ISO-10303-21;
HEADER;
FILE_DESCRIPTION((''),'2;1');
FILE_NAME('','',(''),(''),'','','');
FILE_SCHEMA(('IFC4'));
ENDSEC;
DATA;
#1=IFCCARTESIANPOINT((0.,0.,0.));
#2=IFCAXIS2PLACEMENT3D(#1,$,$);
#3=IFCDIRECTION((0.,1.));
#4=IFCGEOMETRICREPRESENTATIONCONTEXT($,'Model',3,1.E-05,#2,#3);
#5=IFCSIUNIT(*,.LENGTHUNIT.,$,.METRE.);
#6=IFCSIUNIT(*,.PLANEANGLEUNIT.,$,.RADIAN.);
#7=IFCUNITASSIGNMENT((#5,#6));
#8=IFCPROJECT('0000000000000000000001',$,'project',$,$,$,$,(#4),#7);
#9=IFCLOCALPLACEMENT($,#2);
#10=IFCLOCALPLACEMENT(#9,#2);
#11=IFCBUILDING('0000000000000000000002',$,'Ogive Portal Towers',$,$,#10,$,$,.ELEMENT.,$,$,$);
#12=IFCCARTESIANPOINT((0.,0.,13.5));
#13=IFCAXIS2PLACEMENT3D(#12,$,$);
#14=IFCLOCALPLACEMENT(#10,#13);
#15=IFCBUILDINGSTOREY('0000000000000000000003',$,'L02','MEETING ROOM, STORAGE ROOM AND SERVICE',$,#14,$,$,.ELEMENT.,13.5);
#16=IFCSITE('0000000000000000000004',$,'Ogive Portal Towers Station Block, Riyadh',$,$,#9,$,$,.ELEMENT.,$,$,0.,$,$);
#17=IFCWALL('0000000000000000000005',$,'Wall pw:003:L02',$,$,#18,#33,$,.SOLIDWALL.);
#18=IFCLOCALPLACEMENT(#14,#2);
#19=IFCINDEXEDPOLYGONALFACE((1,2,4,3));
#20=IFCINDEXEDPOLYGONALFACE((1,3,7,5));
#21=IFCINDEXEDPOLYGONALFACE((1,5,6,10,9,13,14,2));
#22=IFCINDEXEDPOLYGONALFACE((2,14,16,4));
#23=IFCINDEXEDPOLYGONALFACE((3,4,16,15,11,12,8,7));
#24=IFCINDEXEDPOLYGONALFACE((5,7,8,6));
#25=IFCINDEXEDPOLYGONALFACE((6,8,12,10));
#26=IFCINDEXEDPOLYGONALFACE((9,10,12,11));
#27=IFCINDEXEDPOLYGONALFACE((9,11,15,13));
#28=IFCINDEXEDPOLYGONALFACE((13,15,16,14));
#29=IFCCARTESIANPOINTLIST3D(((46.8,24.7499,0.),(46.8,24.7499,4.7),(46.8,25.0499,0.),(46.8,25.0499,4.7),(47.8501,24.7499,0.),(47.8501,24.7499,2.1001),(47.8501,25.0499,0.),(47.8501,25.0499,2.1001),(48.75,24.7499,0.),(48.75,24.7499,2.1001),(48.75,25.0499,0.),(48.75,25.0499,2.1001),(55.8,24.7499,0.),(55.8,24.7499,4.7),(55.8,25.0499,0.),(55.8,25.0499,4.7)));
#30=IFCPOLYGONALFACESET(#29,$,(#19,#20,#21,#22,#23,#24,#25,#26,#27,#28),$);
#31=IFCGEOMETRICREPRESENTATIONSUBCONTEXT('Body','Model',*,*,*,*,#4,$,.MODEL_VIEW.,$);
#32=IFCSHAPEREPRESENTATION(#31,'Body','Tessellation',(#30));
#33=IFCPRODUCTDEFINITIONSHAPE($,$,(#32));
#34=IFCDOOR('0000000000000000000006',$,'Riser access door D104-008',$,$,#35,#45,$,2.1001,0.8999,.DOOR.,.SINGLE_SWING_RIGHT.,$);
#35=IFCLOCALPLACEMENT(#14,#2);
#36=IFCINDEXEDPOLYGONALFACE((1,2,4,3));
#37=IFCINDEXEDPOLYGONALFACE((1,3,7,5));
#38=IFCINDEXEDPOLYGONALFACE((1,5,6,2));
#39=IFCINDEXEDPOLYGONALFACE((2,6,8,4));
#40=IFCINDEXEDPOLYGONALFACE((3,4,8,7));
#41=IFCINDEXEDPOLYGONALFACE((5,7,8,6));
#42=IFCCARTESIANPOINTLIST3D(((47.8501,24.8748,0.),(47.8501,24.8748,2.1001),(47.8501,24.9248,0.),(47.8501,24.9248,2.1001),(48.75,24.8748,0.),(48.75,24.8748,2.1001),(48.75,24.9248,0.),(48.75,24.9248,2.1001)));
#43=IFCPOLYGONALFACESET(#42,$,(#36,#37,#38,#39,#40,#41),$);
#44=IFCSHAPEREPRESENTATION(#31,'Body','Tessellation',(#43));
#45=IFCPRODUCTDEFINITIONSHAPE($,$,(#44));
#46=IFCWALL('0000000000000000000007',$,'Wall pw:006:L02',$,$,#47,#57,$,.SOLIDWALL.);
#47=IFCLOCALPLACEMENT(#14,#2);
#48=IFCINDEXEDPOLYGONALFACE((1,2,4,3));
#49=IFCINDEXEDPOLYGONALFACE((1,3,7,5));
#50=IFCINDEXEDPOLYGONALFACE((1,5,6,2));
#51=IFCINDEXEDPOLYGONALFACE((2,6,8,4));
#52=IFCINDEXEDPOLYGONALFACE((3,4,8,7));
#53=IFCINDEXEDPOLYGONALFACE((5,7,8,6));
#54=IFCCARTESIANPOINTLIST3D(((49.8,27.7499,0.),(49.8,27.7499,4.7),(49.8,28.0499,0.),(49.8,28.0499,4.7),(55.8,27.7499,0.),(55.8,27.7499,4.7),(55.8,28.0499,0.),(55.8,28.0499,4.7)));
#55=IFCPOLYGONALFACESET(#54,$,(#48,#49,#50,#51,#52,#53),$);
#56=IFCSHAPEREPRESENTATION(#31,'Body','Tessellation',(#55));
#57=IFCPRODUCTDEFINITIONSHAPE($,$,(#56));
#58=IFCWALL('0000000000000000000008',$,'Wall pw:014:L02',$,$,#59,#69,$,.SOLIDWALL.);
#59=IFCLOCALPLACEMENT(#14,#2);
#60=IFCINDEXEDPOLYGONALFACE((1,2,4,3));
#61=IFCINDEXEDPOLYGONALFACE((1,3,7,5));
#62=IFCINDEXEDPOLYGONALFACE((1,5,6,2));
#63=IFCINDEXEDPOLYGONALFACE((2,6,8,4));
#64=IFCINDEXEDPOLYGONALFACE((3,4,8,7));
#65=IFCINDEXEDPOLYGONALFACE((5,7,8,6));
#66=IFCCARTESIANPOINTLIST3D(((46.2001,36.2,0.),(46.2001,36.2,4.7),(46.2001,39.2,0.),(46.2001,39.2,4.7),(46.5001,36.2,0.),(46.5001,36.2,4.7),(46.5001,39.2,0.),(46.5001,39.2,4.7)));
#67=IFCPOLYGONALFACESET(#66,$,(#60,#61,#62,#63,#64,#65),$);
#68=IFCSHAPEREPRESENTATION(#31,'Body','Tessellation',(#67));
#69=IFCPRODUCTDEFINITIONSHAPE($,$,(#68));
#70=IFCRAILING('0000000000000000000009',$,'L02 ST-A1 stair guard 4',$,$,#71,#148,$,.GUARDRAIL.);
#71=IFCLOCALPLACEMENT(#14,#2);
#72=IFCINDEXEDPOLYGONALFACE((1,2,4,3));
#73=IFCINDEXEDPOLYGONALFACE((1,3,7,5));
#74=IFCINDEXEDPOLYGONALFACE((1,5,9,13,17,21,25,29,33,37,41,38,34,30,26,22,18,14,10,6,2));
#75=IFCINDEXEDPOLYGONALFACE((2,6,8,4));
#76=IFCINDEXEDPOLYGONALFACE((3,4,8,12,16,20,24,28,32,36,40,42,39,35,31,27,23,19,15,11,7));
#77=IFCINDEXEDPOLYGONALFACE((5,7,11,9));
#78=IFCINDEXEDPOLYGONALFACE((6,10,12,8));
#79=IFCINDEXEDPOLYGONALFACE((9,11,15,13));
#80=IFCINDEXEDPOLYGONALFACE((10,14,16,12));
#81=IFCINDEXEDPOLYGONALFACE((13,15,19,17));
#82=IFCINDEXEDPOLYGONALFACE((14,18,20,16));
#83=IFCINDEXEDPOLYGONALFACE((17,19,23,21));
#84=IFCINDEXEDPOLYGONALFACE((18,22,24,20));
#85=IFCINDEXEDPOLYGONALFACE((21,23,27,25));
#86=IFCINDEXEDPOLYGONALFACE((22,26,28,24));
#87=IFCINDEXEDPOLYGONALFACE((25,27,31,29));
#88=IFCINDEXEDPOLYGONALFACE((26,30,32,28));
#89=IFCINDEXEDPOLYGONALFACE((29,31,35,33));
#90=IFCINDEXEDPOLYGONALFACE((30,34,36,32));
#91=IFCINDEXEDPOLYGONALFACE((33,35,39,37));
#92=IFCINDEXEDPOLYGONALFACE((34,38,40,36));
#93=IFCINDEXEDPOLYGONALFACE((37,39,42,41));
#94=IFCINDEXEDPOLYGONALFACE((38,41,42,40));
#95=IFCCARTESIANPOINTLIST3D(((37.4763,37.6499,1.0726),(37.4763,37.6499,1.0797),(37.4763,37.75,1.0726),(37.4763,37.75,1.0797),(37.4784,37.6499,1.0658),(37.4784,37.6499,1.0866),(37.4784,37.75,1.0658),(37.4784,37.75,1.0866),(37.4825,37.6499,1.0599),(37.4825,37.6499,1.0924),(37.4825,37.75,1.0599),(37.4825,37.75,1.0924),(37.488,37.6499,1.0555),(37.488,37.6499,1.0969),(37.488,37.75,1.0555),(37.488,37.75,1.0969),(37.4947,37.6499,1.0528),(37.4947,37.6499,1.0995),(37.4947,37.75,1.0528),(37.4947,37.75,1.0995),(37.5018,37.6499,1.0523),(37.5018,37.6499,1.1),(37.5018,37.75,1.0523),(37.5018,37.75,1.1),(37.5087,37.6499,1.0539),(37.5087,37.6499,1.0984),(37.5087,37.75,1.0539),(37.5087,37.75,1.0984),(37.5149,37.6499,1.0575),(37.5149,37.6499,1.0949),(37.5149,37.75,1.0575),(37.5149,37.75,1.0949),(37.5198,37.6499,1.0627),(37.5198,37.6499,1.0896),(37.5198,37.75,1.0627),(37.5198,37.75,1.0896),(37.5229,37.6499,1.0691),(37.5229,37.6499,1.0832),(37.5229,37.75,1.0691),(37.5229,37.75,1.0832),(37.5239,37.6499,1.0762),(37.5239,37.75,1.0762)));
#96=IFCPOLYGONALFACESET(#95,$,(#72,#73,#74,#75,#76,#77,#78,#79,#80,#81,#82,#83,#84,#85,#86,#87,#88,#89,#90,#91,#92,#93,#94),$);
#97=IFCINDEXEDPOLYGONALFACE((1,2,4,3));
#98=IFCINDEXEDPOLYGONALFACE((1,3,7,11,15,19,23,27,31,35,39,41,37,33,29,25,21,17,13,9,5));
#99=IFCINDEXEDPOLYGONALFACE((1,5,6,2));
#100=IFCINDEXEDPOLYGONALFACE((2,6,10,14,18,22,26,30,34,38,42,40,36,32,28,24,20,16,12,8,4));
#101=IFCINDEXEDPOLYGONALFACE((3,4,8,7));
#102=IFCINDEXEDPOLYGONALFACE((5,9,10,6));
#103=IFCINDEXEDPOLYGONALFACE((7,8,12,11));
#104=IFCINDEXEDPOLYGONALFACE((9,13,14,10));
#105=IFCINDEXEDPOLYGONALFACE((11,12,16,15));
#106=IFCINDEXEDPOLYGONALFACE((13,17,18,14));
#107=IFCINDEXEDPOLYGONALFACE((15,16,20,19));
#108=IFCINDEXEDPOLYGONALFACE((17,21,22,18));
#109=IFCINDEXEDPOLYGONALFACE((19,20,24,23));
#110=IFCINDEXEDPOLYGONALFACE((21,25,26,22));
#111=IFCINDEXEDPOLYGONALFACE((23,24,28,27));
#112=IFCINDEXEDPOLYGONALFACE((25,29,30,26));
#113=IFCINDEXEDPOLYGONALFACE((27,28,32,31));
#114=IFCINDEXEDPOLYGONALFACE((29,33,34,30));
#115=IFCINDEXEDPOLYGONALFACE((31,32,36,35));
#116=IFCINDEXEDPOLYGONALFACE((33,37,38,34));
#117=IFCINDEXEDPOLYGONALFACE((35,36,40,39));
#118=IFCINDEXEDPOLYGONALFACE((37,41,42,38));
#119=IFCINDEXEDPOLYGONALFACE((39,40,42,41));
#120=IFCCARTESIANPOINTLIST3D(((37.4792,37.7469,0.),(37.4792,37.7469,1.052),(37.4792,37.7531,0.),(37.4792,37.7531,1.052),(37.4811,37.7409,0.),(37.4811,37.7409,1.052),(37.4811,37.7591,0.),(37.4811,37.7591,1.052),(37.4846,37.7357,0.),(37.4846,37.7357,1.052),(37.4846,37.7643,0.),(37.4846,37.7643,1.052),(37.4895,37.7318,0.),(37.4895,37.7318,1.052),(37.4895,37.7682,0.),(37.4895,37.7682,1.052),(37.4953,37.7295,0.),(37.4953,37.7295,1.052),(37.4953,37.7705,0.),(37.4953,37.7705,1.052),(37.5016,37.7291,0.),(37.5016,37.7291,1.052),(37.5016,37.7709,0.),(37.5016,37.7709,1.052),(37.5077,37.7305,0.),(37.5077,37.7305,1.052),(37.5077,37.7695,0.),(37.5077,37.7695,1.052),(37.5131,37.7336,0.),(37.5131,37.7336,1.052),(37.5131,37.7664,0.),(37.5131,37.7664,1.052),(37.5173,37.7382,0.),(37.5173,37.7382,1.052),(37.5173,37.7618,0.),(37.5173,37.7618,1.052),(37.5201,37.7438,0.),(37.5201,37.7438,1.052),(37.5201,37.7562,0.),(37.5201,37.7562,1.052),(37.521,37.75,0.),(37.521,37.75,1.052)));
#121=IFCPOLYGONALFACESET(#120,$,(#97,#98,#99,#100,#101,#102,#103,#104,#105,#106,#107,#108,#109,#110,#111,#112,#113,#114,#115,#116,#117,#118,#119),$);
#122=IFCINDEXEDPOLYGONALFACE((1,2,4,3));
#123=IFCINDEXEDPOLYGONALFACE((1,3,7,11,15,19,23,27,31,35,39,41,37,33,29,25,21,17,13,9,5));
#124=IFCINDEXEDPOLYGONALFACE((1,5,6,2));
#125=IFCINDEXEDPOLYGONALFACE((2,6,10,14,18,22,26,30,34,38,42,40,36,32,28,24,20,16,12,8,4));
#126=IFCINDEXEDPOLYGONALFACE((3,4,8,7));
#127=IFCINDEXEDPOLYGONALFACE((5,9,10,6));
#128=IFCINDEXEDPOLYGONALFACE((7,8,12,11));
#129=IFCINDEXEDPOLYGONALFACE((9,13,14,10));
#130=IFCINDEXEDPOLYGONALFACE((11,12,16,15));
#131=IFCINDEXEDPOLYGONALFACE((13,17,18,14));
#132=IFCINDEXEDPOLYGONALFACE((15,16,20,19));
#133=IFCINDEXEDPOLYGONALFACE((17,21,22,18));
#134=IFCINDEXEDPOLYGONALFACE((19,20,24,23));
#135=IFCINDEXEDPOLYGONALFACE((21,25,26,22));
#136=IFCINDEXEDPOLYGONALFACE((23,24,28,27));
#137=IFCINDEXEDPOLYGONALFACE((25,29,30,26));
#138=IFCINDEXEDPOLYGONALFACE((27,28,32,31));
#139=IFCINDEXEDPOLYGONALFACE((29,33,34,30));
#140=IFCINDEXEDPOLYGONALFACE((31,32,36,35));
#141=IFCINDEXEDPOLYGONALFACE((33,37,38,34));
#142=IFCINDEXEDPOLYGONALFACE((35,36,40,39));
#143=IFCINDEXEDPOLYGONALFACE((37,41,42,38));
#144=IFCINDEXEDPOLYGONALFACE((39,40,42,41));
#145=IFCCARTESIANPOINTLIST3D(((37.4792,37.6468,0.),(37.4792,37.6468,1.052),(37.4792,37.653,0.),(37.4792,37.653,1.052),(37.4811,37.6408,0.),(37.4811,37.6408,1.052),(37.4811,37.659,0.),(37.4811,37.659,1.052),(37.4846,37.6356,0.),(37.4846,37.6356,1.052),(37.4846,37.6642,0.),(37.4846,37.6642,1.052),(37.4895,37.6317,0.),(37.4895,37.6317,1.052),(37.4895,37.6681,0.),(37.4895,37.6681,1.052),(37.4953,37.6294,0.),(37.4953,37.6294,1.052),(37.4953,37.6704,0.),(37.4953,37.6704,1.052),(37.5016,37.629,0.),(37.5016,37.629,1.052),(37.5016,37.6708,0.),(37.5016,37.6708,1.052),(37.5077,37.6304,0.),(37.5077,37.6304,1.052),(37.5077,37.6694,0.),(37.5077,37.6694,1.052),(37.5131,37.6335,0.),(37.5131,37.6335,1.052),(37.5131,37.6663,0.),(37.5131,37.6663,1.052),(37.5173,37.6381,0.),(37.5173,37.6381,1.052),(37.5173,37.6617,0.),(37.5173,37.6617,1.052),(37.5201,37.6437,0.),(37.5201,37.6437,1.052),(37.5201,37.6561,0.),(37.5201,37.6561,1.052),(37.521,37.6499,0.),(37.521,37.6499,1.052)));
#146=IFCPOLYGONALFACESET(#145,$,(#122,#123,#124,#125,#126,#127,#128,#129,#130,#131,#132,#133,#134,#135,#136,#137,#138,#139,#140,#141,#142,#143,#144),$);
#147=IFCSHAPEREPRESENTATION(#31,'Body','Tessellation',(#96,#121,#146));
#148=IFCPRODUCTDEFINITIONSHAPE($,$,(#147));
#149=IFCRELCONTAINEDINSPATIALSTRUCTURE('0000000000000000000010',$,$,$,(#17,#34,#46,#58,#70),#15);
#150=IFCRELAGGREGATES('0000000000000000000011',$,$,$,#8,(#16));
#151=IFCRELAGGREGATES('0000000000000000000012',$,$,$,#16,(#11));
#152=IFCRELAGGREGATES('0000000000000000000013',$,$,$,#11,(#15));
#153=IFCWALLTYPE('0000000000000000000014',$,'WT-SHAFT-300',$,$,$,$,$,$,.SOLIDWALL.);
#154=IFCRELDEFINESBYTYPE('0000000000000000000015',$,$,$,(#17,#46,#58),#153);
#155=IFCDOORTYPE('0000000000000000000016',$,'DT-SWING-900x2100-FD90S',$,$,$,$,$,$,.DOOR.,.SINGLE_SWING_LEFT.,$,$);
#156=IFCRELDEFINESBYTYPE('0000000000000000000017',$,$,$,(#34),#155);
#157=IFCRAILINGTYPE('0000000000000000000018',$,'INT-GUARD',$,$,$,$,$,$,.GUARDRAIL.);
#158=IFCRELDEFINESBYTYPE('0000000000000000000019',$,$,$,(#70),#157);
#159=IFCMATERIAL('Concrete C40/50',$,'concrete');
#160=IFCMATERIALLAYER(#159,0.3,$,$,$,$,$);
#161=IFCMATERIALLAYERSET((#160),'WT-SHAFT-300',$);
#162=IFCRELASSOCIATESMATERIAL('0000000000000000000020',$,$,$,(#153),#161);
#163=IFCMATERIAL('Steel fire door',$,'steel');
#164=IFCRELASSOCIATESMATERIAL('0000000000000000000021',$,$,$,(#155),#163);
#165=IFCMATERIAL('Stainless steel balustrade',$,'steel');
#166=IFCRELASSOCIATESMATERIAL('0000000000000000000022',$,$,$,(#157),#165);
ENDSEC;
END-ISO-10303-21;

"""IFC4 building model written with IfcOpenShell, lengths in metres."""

from ifc_helpers import new_model, si_unit, direction, frame, frame_2d, origin, origin_2d, place, context, subcontext, project, spatial, rectangle, circle, extrude, material, layer, layer_set, type_object, element, fill, save


model = new_model("IFC4")

# Units and contexts
model_context = context("Model", 3, precision=1e-05, world=origin(), true_north=direction((0.0, 1.0)))
body_context = subcontext(model_context, "Body", "Model", "MODEL_VIEW")
ifc_project = project(units=[si_unit("LENGTHUNIT", "METRE"), si_unit("PLANEANGLEUNIT", "RADIAN")], contexts=[model_context])

# Site, building, storey
site_placement = place(None, origin())
site = spatial("IfcSite", under=ifc_project, at=site_placement, Name="Ogive Portal Towers Station Block, Riyadh", CompositionType="ELEMENT", RefElevation=0.0)
building_placement = place(site_placement, origin())
building = spatial("IfcBuilding", under=site, at=building_placement, Name="Ogive Portal Towers", CompositionType="ELEMENT")
storey_placement = place(building_placement, frame((0.0, 0.0, 13.5)))
storey = spatial("IfcBuildingStorey", under=building, at=storey_placement, Name="L02", Description="MEETING ROOM, STORAGE ROOM AND SERVICE", CompositionType="ELEMENT", Elevation=13.5)

# Shared definitions
ifc_material_1 = material(Name="Steel fire door", Category="steel")

# Wall, opening, door
ifc_material_2 = material(Name="Concrete C40/50", Category="concrete")
ifc_layer_1 = layer(ifc_material_2, 0.3)
ifc_layer_set_1 = layer_set([ifc_layer_1], Name="WT-SHAFT-300")
wall_type_1 = type_object("IfcWallType", Name="WT-SHAFT-300", PredefinedType="SOLIDWALL", material=ifc_layer_set_1)
wall_1_placement = place(storey_placement, frame((46.8, 24.8999, 0.0), z_axis=(0.0, 0.0, 1.0), x_axis=(1.0, 0.0, 0.0)))
wall_1 = element("IfcWall", 1, at=wall_1_placement, inside=storey, type_object=wall_type_1, Name="Wall pw:003:L02", PredefinedType="SOLIDWALL", context=body_context, shape_type="SweptSolid", body=[
    extrude(rectangle(XDim=9.0, YDim=0.3, at=frame_2d((4.5, 0.0))), origin(), (0.0, 0.0, 1.0), 4.7),
])
opening_1_placement = place(wall_1_placement, frame((1.05, 0.0, 0.0)))
opening_1 = element("IfcOpeningElement", 2, at=opening_1_placement, cuts=wall_1, PredefinedType="OPENING", context=body_context, shape_type="SweptSolid", body=[
    extrude(rectangle(XDim=0.8999, YDim=2.1001, at=frame_2d((0.45, 1.05))), frame((0.0, 0.1602, 0.0), z_axis=(0.0, -1.0, 0.0), x_axis=(1.0, 0.0, 0.0)), (0.0, 0.0, 1.0), 0.3201),
])
door_type_1 = type_object("IfcDoorType", Name="DT-SWING-900x2100-FD90S", OperationType="SINGLE_SWING_LEFT", PredefinedType="DOOR", material=ifc_material_1)
door_1_placement = place(opening_1_placement, origin())
door_1 = element("IfcDoor", 3, at=door_1_placement, inside=storey, type_object=door_type_1, Name="Riser access door D104-008", OperationType="SINGLE_SWING_RIGHT", OverallHeight=2.1001, OverallWidth=0.8999, PredefinedType="DOOR", context=body_context, shape_type="SweptSolid", body=[
    extrude(rectangle(XDim=0.8999, YDim=2.1001, at=frame_2d((0.45, 1.05))), frame((0.0, 0.0249, 0.0), z_axis=(0.0, -1.0, 0.0), x_axis=(1.0, 0.0, 0.0)), (0.0, 0.0, 1.0), 0.05),
])
fill(opening_1, door_1)

# Walls
wall_2_placement = place(storey_placement, frame((49.8, 27.8999, 0.0), z_axis=(0.0, 0.0, 1.0), x_axis=(1.0, 0.0, 0.0)))
element("IfcWall", 4, at=wall_2_placement, inside=storey, type_object=wall_type_1, Name="Wall pw:006:L02", PredefinedType="SOLIDWALL", context=body_context, shape_type="SweptSolid", body=[
    extrude(rectangle(XDim=6.0, YDim=0.3, at=frame_2d((3.0, 0.0))), origin(), (0.0, 0.0, 1.0), 4.7),
])
wall_3_placement = place(storey_placement, frame((46.3501, 36.2, 0.0), z_axis=(0.0, 0.0, 1.0), x_axis=(0.0, 1.0, 0.0)))
element("IfcWall", 5, at=wall_3_placement, inside=storey, type_object=wall_type_1, Name="Wall pw:014:L02", PredefinedType="SOLIDWALL", context=body_context, shape_type="SweptSolid", body=[
    extrude(rectangle(XDim=3.0, YDim=0.3, at=frame_2d((1.5, 0.0))), origin(), (0.0, 0.0, 1.0), 4.7),
])

# Railing
ifc_material_3 = material(Name="Stainless steel balustrade", Category="steel")
railing_type_1 = type_object("IfcRailingType", Name="INT-GUARD", PredefinedType="GUARDRAIL", material=ifc_material_3)
railing_1_placement = place(storey_placement, frame((37.5, 37.75, 0.0)))
element("IfcRailing", 6, at=railing_1_placement, inside=storey, type_object=railing_type_1, Name="L02 ST-A1 stair guard 4", PredefinedType="GUARDRAIL", context=body_context, shape_type="SweptSolid", body=[
    extrude(circle(Radius=0.0239, at=origin_2d()), frame((0.0, 0.0, 1.0762), z_axis=(0.0, -1.0, 0.0), x_axis=(1.0, 0.0, 0.0)), (0.0, 0.0, 1.0), 0.1001),
    extrude(circle(Radius=0.021, at=origin_2d()), origin(), (0.0, 0.0, 1.0), 1.052),
    extrude(circle(Radius=0.021, at=origin_2d()), frame((0.0, -0.1001, 0.0)), (0.0, 0.0, 1.0), 1.052),
])

save(model, "model.ifc")
